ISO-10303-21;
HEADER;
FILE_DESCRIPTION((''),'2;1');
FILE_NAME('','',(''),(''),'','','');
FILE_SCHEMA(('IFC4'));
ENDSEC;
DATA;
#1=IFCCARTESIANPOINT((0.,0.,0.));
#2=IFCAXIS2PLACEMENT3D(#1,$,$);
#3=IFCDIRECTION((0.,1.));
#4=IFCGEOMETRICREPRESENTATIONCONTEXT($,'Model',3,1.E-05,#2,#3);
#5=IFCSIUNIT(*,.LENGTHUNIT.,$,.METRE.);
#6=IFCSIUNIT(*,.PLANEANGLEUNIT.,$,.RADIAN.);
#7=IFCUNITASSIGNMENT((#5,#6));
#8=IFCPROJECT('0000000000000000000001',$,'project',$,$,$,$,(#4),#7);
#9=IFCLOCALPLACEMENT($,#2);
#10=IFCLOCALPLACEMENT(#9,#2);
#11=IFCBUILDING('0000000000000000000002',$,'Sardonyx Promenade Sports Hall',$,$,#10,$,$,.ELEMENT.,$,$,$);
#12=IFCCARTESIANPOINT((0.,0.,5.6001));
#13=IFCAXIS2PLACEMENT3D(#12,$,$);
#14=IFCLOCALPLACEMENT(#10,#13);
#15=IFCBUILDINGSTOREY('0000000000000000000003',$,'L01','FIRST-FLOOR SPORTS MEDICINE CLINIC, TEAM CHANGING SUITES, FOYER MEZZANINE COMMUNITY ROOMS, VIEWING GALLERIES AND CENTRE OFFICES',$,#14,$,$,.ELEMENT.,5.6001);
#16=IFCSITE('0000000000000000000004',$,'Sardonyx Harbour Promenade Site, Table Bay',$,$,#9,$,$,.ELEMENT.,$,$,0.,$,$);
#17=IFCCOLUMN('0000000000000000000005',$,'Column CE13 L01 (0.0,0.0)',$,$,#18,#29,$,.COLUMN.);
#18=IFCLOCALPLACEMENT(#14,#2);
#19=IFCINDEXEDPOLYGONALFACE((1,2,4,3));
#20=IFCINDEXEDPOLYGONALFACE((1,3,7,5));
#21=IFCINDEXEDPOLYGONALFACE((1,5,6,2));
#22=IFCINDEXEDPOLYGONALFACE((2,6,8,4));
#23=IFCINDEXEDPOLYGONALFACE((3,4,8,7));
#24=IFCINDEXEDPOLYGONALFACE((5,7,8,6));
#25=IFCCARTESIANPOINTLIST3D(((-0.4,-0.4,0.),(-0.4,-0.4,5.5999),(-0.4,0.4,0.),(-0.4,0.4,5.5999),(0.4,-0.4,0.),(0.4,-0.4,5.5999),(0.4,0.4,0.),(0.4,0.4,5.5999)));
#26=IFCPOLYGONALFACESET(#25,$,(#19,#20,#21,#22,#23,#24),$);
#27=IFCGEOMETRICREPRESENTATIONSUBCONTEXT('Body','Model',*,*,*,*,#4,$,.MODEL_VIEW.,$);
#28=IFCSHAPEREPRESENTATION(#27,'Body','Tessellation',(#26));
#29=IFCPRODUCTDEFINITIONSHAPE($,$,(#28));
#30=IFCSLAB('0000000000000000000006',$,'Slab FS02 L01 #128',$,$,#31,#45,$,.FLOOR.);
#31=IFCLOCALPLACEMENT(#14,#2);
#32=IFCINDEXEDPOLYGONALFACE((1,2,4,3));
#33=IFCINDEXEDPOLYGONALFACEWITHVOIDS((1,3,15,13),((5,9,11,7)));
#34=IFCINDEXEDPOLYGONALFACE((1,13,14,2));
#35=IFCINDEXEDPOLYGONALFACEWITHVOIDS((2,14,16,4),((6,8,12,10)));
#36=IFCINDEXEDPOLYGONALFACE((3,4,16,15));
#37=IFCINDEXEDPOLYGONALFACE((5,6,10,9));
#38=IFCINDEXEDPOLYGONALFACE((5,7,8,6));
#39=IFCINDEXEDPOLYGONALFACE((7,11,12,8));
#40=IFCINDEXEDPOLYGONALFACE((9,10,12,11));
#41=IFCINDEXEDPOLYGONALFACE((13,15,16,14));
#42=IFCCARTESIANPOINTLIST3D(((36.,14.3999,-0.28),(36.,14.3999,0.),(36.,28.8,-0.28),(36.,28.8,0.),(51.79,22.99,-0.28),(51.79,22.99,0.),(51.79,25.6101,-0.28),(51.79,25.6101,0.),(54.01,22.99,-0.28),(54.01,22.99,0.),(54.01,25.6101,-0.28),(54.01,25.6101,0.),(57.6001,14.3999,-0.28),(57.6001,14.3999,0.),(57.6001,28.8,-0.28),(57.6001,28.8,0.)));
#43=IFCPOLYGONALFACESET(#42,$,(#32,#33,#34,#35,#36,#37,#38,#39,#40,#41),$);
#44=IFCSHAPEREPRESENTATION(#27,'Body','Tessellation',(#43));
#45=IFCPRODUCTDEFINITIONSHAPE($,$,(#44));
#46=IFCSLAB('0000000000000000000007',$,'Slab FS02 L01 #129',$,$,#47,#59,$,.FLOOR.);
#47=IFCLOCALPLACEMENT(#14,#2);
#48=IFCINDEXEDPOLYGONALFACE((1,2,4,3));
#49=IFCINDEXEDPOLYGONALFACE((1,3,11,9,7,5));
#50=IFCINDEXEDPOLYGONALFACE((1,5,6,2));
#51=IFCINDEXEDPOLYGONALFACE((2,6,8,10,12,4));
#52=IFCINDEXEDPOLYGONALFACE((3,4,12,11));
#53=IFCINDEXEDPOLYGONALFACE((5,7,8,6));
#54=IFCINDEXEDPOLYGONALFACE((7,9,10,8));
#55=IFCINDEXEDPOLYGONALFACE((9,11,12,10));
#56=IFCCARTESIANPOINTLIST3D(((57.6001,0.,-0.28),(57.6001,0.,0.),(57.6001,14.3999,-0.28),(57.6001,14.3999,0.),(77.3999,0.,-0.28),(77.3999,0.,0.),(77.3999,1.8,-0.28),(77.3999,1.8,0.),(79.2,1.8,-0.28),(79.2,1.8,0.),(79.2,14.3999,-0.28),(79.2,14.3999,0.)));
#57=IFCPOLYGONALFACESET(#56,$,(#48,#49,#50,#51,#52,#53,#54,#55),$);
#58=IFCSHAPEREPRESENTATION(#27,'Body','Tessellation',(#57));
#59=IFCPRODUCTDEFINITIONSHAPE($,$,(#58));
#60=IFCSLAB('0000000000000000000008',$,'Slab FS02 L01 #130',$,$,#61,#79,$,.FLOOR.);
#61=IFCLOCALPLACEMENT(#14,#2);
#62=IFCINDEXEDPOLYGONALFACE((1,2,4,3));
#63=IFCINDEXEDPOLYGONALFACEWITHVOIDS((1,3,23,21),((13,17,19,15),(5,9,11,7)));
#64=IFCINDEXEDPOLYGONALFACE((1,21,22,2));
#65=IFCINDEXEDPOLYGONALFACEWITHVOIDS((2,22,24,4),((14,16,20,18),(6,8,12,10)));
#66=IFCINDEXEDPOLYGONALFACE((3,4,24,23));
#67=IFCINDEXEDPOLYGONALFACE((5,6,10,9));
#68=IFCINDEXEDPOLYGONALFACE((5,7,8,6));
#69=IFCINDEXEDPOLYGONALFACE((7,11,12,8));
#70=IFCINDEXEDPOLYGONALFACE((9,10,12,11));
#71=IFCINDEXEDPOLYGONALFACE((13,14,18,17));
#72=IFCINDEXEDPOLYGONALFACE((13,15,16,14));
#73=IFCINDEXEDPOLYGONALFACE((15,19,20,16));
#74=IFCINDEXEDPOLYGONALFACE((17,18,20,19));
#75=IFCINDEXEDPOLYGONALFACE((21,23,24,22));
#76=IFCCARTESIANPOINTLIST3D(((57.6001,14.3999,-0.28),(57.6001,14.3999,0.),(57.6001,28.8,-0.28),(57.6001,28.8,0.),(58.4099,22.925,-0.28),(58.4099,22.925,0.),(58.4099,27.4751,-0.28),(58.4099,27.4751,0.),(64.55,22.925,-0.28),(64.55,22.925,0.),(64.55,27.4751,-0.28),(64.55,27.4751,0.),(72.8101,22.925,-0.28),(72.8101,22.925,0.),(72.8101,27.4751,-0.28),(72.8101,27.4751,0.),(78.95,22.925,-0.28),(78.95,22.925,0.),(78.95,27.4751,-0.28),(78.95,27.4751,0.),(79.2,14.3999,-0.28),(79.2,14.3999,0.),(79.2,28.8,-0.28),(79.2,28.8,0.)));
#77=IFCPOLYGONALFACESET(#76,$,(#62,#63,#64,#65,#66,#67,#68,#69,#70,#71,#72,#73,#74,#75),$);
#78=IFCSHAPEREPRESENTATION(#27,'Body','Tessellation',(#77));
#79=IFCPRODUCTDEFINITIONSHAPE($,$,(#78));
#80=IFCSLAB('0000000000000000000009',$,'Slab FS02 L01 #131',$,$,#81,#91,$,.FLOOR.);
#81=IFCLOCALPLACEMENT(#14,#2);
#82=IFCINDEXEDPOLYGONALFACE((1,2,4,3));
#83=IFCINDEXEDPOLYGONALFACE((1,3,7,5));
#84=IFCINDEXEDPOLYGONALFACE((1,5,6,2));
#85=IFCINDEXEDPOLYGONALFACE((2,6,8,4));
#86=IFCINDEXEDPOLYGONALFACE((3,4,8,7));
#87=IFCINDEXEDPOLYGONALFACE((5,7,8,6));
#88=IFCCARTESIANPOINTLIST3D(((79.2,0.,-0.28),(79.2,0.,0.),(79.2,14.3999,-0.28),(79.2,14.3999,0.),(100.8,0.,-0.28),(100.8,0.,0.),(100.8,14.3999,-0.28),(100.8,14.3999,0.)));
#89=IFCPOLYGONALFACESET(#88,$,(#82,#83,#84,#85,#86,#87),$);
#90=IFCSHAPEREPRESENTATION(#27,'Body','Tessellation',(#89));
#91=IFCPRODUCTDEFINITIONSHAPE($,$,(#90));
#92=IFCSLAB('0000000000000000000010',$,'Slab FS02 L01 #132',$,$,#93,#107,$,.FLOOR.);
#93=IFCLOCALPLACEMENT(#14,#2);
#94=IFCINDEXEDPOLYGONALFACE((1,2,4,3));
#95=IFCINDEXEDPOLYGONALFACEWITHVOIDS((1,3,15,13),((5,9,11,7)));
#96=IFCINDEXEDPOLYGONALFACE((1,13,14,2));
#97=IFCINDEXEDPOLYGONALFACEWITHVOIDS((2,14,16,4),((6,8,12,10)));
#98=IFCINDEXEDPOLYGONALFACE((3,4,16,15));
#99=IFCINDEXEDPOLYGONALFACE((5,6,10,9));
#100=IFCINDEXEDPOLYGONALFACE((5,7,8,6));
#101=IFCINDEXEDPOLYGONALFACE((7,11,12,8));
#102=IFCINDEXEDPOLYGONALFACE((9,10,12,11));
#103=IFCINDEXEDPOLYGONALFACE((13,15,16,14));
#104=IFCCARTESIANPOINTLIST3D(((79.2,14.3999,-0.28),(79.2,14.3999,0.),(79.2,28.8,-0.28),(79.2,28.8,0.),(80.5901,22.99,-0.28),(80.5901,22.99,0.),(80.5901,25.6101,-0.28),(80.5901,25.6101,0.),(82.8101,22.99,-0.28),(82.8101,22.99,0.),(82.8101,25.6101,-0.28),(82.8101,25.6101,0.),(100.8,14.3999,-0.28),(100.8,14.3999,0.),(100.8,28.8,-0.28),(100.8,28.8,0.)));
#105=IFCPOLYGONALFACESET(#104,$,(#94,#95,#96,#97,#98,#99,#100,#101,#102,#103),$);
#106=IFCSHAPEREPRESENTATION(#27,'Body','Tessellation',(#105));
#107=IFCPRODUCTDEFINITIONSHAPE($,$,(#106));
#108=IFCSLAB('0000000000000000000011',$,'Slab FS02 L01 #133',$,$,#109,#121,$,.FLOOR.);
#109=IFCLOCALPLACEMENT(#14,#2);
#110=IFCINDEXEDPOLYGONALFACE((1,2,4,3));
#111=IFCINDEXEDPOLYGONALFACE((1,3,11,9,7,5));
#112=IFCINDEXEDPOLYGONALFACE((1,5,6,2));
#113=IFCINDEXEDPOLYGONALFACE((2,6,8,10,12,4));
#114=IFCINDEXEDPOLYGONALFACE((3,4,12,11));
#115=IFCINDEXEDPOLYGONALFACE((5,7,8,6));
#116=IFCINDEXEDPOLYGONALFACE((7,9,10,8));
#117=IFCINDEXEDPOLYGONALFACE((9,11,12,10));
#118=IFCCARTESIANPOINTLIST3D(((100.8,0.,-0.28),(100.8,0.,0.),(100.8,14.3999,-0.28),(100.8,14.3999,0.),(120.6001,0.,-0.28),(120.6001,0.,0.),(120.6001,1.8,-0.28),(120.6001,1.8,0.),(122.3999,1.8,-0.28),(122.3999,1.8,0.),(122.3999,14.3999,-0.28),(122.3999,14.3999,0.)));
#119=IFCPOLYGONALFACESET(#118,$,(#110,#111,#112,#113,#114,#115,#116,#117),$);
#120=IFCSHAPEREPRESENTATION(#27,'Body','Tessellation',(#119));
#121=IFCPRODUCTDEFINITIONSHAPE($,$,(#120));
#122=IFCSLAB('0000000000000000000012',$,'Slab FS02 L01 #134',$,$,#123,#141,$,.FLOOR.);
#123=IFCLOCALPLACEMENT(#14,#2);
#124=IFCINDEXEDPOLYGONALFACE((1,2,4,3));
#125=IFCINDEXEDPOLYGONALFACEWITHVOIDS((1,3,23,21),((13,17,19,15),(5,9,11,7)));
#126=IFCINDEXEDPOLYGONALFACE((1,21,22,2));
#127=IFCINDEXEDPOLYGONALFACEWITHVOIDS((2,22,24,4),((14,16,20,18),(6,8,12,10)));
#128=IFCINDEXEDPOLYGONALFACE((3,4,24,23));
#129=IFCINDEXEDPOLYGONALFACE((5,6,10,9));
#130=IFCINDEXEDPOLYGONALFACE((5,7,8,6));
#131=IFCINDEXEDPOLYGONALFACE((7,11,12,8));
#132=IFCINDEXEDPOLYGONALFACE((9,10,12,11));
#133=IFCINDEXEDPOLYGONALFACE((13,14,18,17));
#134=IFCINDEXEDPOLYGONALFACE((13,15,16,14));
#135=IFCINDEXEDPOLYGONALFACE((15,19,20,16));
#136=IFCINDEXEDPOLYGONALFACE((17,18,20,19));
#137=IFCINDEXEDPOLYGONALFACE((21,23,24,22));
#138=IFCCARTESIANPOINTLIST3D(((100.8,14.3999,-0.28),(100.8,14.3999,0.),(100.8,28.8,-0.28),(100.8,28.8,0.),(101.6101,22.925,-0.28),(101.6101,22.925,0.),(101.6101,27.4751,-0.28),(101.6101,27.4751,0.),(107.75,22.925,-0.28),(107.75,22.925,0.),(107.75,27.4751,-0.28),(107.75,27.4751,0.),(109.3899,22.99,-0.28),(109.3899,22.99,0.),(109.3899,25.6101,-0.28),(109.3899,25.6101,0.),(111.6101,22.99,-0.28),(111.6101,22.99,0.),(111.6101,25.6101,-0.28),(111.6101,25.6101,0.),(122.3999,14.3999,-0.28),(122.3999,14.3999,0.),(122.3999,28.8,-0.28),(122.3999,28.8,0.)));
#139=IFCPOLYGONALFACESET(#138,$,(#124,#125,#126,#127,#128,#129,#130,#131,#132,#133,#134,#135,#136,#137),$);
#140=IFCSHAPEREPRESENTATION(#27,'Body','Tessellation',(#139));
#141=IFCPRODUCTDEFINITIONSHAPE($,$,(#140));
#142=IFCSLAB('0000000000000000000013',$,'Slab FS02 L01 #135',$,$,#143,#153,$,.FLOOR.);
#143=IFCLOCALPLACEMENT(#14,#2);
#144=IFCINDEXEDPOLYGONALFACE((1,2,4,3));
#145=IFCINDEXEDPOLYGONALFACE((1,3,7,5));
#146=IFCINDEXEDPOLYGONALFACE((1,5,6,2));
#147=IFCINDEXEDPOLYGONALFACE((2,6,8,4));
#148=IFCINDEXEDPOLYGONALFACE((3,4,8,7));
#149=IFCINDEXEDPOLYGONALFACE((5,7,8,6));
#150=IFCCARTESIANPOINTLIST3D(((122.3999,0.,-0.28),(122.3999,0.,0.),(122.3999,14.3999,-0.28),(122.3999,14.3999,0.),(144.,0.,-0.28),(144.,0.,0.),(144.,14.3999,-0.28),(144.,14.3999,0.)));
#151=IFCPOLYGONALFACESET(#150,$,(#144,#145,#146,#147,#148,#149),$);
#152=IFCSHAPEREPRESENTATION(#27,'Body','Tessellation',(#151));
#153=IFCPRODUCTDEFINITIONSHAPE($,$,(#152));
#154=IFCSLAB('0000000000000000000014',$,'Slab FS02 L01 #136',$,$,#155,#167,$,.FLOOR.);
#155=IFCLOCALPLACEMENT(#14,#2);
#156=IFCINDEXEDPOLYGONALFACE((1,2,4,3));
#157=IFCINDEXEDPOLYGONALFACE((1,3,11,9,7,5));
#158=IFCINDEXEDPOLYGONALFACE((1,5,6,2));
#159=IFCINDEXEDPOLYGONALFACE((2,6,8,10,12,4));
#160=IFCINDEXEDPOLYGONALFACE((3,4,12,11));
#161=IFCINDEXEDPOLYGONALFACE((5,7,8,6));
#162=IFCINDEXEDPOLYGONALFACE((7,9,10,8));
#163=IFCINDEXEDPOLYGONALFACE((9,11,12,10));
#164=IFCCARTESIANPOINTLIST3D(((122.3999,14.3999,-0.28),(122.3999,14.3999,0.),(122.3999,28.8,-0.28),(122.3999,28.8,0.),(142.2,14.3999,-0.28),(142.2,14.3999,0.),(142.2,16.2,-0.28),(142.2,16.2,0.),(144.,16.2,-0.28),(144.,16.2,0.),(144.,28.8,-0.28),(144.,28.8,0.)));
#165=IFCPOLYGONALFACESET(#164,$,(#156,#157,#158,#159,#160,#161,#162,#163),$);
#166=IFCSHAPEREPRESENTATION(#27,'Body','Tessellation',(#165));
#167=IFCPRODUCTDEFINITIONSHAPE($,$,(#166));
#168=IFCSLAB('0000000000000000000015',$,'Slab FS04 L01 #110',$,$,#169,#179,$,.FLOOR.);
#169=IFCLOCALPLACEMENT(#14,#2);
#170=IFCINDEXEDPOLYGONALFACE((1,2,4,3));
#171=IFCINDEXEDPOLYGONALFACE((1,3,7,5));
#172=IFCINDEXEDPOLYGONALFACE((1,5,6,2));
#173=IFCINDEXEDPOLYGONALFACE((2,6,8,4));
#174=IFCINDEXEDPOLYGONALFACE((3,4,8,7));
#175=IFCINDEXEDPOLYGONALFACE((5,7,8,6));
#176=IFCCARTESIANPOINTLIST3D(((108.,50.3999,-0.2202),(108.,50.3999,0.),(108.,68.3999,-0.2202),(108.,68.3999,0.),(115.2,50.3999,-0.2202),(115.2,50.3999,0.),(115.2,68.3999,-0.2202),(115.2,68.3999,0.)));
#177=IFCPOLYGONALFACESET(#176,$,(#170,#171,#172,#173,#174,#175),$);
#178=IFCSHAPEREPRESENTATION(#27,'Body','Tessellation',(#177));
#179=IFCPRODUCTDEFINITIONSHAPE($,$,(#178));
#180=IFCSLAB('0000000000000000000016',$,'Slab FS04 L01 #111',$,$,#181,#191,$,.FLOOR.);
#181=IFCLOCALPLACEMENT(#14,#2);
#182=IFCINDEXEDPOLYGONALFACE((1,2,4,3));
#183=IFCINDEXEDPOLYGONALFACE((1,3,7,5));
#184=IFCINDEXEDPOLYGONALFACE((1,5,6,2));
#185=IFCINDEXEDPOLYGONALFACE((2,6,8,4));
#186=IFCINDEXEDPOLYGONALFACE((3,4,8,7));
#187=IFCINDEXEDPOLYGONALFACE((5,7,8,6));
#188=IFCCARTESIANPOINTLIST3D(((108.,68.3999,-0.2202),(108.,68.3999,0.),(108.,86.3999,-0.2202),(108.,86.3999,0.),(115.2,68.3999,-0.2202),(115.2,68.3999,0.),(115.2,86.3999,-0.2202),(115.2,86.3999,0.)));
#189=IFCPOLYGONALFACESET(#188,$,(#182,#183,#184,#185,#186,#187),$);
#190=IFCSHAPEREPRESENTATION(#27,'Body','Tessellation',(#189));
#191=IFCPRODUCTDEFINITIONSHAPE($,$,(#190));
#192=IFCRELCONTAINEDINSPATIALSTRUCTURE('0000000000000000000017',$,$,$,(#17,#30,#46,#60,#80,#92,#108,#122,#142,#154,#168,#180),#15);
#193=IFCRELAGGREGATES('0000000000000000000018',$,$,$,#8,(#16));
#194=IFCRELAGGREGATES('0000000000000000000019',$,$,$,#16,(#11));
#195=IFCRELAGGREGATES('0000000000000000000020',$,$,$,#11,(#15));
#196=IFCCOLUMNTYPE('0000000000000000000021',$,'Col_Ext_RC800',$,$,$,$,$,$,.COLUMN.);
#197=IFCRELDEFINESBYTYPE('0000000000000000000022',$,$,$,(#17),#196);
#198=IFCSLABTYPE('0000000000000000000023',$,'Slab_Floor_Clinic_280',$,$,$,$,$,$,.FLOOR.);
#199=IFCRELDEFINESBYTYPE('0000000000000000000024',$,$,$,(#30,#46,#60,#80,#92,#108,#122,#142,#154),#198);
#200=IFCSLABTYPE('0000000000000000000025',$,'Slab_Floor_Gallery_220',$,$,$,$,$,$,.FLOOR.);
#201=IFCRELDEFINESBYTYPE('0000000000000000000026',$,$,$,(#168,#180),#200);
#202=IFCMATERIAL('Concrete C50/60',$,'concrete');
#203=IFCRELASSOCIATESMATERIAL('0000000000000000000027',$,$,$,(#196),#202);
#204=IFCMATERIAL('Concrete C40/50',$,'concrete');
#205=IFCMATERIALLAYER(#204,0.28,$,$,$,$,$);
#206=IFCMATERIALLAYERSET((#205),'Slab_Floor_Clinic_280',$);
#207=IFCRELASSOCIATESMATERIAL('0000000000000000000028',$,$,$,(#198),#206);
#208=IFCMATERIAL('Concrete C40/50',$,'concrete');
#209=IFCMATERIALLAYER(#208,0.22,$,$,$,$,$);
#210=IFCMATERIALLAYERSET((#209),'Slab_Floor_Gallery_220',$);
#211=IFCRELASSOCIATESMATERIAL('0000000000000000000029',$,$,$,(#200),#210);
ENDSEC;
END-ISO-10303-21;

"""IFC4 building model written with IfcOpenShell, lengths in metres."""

from ifc_helpers import new_model, si_unit, direction, frame, origin, origin_with_axes, origin_2d, place, context, subcontext, project, spatial, polyline, rectangle, outline, extrude, material, layer, layer_set, material_profile, profile_set, type_object, element, save


model = new_model("IFC4")

# Units and contexts
model_context = context("Model", 3, precision=1e-05, world=origin(), true_north=direction((0.0, 1.0)))
body_context = subcontext(model_context, "Body", "Model", "MODEL_VIEW")
ifc_project = project(units=[si_unit("LENGTHUNIT", "METRE"), si_unit("PLANEANGLEUNIT", "RADIAN")], contexts=[model_context])

# Site, building, storey
site_placement = place(None, origin())
site = spatial("IfcSite", under=ifc_project, at=site_placement, Name="Sardonyx Harbour Promenade Site, Table Bay", CompositionType="ELEMENT", RefElevation=0.0)
building_placement = place(site_placement, origin())
building = spatial("IfcBuilding", under=site, at=building_placement, Name="Sardonyx Promenade Sports Hall", CompositionType="ELEMENT")
storey_placement = place(building_placement, frame((0.0, 0.0, 5.6001)))
storey = spatial("IfcBuildingStorey", under=building, at=storey_placement, Name="L01", Description="FIRST-FLOOR SPORTS MEDICINE CLINIC, TEAM CHANGING SUITES, FOYER MEZZANINE COMMUNITY ROOMS, VIEWING GALLERIES AND CENTRE OFFICES", CompositionType="ELEMENT", Elevation=5.6001)

# Column
ifc_material_1 = material(Name="Concrete C50/60", Category="concrete")
ifc_material_profile = material_profile(ifc_material_1, rectangle(XDim=0.8, YDim=0.8, at=origin_2d()))
ifc_profile_set = profile_set([ifc_material_profile], Name="Concrete C50/60")
column_type = type_object("IfcColumnType", Name="Col_Ext_RC800", PredefinedType="COLUMN", material=ifc_profile_set)
column_placement = place(storey_placement, origin_with_axes())
element("IfcColumn", 1, at=column_placement, inside=storey, type_object=column_type, Name="Column CE13 L01 (0.0,0.0)", PredefinedType="COLUMN", context=body_context, shape_type="SweptSolid", body=[
    extrude(rectangle(XDim=0.8, YDim=0.8, at=origin_2d()), origin(), (0.0, 0.0, 1.0), 5.5999),
])

# Slabs
ifc_material_2 = material(Name="Concrete C40/50", Category="concrete")
ifc_layer_1 = layer(ifc_material_2, 0.28)
ifc_layer_set_1 = layer_set([ifc_layer_1], Name="Slab_Floor_Clinic_280")
slab_type_1 = type_object("IfcSlabType", Name="Slab_Floor_Clinic_280", PredefinedType="FLOOR", material=ifc_layer_set_1)
slab_1_placement = place(storey_placement, frame((0.0, 0.0, -0.28)))
element("IfcSlab", 2, at=slab_1_placement, inside=storey, type_object=slab_type_1, Name="Slab FS02 L01 #128", PredefinedType="FLOOR", context=body_context, shape_type="SweptSolid", body=[
    extrude(outline(polyline([(36.0, 28.8), (36.0, 14.3999), (57.6001, 14.3999), (57.6001, 28.8), (36.0, 28.8)]), holes=[polyline([(51.79, 25.6101), (54.01, 25.6101), (54.01, 22.99), (51.79, 22.99), (51.79, 25.6101)])]), origin(), (0.0, 0.0, 1.0), 0.28),
])
slab_2_placement = place(storey_placement, frame((0.0, 0.0, -0.28)))
element("IfcSlab", 3, at=slab_2_placement, inside=storey, type_object=slab_type_1, Name="Slab FS02 L01 #129", PredefinedType="FLOOR", context=body_context, shape_type="SweptSolid", body=[
    extrude(outline(polyline([(57.6001, 0.0), (77.3999, 0.0), (77.3999, 1.8), (79.2, 1.8), (79.2, 14.3999), (57.6001, 14.3999), (57.6001, 0.0)])), origin(), (0.0, 0.0, 1.0), 0.28),
])
slab_3_placement = place(storey_placement, frame((0.0, 0.0, -0.28)))
element("IfcSlab", 4, at=slab_3_placement, inside=storey, type_object=slab_type_1, Name="Slab FS02 L01 #130", PredefinedType="FLOOR", context=body_context, shape_type="SweptSolid", body=[
    extrude(outline(polyline([(57.6001, 28.8), (57.6001, 14.3999), (79.2, 14.3999), (79.2, 28.8), (57.6001, 28.8)]), holes=[polyline([(72.8101, 27.4751), (78.95, 27.4751), (78.95, 22.925), (72.8101, 22.925), (72.8101, 27.4751)]), polyline([(64.55, 27.4751), (64.55, 22.925), (58.4099, 22.925), (58.4099, 27.4751), (64.55, 27.4751)])]), origin(), (0.0, 0.0, 1.0), 0.28),
])
slab_4_placement = place(storey_placement, frame((0.0, 0.0, -0.28)))
element("IfcSlab", 5, at=slab_4_placement, inside=storey, type_object=slab_type_1, Name="Slab FS02 L01 #131", PredefinedType="FLOOR", context=body_context, shape_type="SweptSolid", body=[
    extrude(outline(polyline([(79.2, 0.0), (100.8, 0.0), (100.8, 14.3999), (79.2, 14.3999), (79.2, 0.0)])), origin(), (0.0, 0.0, 1.0), 0.28),
])
slab_5_placement = place(storey_placement, frame((0.0, 0.0, -0.28)))
element("IfcSlab", 6, at=slab_5_placement, inside=storey, type_object=slab_type_1, Name="Slab FS02 L01 #132", PredefinedType="FLOOR", context=body_context, shape_type="SweptSolid", body=[
    extrude(outline(polyline([(79.2, 28.8), (79.2, 14.3999), (100.8, 14.3999), (100.8, 28.8), (79.2, 28.8)]), holes=[polyline([(80.5901, 25.6101), (82.8101, 25.6101), (82.8101, 22.99), (80.5901, 22.99), (80.5901, 25.6101)])]), origin(), (0.0, 0.0, 1.0), 0.28),
])
slab_6_placement = place(storey_placement, frame((0.0, 0.0, -0.28)))
element("IfcSlab", 7, at=slab_6_placement, inside=storey, type_object=slab_type_1, Name="Slab FS02 L01 #133", PredefinedType="FLOOR", context=body_context, shape_type="SweptSolid", body=[
    extrude(outline(polyline([(100.8, 0.0), (120.6001, 0.0), (120.6001, 1.8), (122.3999, 1.8), (122.3999, 14.3999), (100.8, 14.3999), (100.8, 0.0)])), origin(), (0.0, 0.0, 1.0), 0.28),
])
slab_7_placement = place(storey_placement, frame((0.0, 0.0, -0.28)))
element("IfcSlab", 8, at=slab_7_placement, inside=storey, type_object=slab_type_1, Name="Slab FS02 L01 #134", PredefinedType="FLOOR", context=body_context, shape_type="SweptSolid", body=[
    extrude(outline(polyline([(100.8, 28.8), (100.8, 14.3999), (122.3999, 14.3999), (122.3999, 28.8), (100.8, 28.8)]), holes=[polyline([(111.6101, 25.6101), (111.6101, 22.99), (109.3899, 22.99), (109.3899, 25.6101), (111.6101, 25.6101)]), polyline([(107.75, 27.4751), (107.75, 22.925), (101.6101, 22.925), (101.6101, 27.4751), (107.75, 27.4751)])]), origin(), (0.0, 0.0, 1.0), 0.28),
])
slab_8_placement = place(storey_placement, frame((0.0, 0.0, -0.28)))
element("IfcSlab", 9, at=slab_8_placement, inside=storey, type_object=slab_type_1, Name="Slab FS02 L01 #135", PredefinedType="FLOOR", context=body_context, shape_type="SweptSolid", body=[
    extrude(outline(polyline([(122.3999, 0.0), (144.0, 0.0), (144.0, 14.3999), (122.3999, 14.3999), (122.3999, 0.0)])), origin(), (0.0, 0.0, 1.0), 0.28),
])
slab_9_placement = place(storey_placement, frame((0.0, 0.0, -0.28)))
element("IfcSlab", 10, at=slab_9_placement, inside=storey, type_object=slab_type_1, Name="Slab FS02 L01 #136", PredefinedType="FLOOR", context=body_context, shape_type="SweptSolid", body=[
    extrude(outline(polyline([(122.3999, 14.3999), (142.2, 14.3999), (142.2, 16.2), (144.0, 16.2), (144.0, 28.8), (122.3999, 28.8), (122.3999, 14.3999)])), origin(), (0.0, 0.0, 1.0), 0.28),
])
ifc_material_3 = material(Name="Concrete C40/50", Category="concrete")
ifc_layer_2 = layer(ifc_material_3, 0.22)
ifc_layer_set_2 = layer_set([ifc_layer_2], Name="Slab_Floor_Gallery_220")
slab_type_2 = type_object("IfcSlabType", Name="Slab_Floor_Gallery_220", PredefinedType="FLOOR", material=ifc_layer_set_2)
slab_10_placement = place(storey_placement, frame((0.0, 0.0, -0.2202)))
element("IfcSlab", 11, at=slab_10_placement, inside=storey, type_object=slab_type_2, Name="Slab FS04 L01 #110", PredefinedType="FLOOR", context=body_context, shape_type="SweptSolid", body=[
    extrude(outline(polyline([(108.0, 50.3999), (115.2, 50.3999), (115.2, 68.3999), (108.0, 68.3999), (108.0, 50.3999)])), origin(), (0.0, 0.0, 1.0), 0.2202),
])
slab_11_placement = place(storey_placement, frame((0.0, 0.0, -0.2202)))
element("IfcSlab", 12, at=slab_11_placement, inside=storey, type_object=slab_type_2, Name="Slab FS04 L01 #111", PredefinedType="FLOOR", context=body_context, shape_type="SweptSolid", body=[
    extrude(outline(polyline([(108.0, 68.3999), (115.2, 68.3999), (115.2, 86.3999), (108.0, 86.3999), (108.0, 68.3999)])), origin(), (0.0, 0.0, 1.0), 0.2202),
])

save(model, "model.ifc")
